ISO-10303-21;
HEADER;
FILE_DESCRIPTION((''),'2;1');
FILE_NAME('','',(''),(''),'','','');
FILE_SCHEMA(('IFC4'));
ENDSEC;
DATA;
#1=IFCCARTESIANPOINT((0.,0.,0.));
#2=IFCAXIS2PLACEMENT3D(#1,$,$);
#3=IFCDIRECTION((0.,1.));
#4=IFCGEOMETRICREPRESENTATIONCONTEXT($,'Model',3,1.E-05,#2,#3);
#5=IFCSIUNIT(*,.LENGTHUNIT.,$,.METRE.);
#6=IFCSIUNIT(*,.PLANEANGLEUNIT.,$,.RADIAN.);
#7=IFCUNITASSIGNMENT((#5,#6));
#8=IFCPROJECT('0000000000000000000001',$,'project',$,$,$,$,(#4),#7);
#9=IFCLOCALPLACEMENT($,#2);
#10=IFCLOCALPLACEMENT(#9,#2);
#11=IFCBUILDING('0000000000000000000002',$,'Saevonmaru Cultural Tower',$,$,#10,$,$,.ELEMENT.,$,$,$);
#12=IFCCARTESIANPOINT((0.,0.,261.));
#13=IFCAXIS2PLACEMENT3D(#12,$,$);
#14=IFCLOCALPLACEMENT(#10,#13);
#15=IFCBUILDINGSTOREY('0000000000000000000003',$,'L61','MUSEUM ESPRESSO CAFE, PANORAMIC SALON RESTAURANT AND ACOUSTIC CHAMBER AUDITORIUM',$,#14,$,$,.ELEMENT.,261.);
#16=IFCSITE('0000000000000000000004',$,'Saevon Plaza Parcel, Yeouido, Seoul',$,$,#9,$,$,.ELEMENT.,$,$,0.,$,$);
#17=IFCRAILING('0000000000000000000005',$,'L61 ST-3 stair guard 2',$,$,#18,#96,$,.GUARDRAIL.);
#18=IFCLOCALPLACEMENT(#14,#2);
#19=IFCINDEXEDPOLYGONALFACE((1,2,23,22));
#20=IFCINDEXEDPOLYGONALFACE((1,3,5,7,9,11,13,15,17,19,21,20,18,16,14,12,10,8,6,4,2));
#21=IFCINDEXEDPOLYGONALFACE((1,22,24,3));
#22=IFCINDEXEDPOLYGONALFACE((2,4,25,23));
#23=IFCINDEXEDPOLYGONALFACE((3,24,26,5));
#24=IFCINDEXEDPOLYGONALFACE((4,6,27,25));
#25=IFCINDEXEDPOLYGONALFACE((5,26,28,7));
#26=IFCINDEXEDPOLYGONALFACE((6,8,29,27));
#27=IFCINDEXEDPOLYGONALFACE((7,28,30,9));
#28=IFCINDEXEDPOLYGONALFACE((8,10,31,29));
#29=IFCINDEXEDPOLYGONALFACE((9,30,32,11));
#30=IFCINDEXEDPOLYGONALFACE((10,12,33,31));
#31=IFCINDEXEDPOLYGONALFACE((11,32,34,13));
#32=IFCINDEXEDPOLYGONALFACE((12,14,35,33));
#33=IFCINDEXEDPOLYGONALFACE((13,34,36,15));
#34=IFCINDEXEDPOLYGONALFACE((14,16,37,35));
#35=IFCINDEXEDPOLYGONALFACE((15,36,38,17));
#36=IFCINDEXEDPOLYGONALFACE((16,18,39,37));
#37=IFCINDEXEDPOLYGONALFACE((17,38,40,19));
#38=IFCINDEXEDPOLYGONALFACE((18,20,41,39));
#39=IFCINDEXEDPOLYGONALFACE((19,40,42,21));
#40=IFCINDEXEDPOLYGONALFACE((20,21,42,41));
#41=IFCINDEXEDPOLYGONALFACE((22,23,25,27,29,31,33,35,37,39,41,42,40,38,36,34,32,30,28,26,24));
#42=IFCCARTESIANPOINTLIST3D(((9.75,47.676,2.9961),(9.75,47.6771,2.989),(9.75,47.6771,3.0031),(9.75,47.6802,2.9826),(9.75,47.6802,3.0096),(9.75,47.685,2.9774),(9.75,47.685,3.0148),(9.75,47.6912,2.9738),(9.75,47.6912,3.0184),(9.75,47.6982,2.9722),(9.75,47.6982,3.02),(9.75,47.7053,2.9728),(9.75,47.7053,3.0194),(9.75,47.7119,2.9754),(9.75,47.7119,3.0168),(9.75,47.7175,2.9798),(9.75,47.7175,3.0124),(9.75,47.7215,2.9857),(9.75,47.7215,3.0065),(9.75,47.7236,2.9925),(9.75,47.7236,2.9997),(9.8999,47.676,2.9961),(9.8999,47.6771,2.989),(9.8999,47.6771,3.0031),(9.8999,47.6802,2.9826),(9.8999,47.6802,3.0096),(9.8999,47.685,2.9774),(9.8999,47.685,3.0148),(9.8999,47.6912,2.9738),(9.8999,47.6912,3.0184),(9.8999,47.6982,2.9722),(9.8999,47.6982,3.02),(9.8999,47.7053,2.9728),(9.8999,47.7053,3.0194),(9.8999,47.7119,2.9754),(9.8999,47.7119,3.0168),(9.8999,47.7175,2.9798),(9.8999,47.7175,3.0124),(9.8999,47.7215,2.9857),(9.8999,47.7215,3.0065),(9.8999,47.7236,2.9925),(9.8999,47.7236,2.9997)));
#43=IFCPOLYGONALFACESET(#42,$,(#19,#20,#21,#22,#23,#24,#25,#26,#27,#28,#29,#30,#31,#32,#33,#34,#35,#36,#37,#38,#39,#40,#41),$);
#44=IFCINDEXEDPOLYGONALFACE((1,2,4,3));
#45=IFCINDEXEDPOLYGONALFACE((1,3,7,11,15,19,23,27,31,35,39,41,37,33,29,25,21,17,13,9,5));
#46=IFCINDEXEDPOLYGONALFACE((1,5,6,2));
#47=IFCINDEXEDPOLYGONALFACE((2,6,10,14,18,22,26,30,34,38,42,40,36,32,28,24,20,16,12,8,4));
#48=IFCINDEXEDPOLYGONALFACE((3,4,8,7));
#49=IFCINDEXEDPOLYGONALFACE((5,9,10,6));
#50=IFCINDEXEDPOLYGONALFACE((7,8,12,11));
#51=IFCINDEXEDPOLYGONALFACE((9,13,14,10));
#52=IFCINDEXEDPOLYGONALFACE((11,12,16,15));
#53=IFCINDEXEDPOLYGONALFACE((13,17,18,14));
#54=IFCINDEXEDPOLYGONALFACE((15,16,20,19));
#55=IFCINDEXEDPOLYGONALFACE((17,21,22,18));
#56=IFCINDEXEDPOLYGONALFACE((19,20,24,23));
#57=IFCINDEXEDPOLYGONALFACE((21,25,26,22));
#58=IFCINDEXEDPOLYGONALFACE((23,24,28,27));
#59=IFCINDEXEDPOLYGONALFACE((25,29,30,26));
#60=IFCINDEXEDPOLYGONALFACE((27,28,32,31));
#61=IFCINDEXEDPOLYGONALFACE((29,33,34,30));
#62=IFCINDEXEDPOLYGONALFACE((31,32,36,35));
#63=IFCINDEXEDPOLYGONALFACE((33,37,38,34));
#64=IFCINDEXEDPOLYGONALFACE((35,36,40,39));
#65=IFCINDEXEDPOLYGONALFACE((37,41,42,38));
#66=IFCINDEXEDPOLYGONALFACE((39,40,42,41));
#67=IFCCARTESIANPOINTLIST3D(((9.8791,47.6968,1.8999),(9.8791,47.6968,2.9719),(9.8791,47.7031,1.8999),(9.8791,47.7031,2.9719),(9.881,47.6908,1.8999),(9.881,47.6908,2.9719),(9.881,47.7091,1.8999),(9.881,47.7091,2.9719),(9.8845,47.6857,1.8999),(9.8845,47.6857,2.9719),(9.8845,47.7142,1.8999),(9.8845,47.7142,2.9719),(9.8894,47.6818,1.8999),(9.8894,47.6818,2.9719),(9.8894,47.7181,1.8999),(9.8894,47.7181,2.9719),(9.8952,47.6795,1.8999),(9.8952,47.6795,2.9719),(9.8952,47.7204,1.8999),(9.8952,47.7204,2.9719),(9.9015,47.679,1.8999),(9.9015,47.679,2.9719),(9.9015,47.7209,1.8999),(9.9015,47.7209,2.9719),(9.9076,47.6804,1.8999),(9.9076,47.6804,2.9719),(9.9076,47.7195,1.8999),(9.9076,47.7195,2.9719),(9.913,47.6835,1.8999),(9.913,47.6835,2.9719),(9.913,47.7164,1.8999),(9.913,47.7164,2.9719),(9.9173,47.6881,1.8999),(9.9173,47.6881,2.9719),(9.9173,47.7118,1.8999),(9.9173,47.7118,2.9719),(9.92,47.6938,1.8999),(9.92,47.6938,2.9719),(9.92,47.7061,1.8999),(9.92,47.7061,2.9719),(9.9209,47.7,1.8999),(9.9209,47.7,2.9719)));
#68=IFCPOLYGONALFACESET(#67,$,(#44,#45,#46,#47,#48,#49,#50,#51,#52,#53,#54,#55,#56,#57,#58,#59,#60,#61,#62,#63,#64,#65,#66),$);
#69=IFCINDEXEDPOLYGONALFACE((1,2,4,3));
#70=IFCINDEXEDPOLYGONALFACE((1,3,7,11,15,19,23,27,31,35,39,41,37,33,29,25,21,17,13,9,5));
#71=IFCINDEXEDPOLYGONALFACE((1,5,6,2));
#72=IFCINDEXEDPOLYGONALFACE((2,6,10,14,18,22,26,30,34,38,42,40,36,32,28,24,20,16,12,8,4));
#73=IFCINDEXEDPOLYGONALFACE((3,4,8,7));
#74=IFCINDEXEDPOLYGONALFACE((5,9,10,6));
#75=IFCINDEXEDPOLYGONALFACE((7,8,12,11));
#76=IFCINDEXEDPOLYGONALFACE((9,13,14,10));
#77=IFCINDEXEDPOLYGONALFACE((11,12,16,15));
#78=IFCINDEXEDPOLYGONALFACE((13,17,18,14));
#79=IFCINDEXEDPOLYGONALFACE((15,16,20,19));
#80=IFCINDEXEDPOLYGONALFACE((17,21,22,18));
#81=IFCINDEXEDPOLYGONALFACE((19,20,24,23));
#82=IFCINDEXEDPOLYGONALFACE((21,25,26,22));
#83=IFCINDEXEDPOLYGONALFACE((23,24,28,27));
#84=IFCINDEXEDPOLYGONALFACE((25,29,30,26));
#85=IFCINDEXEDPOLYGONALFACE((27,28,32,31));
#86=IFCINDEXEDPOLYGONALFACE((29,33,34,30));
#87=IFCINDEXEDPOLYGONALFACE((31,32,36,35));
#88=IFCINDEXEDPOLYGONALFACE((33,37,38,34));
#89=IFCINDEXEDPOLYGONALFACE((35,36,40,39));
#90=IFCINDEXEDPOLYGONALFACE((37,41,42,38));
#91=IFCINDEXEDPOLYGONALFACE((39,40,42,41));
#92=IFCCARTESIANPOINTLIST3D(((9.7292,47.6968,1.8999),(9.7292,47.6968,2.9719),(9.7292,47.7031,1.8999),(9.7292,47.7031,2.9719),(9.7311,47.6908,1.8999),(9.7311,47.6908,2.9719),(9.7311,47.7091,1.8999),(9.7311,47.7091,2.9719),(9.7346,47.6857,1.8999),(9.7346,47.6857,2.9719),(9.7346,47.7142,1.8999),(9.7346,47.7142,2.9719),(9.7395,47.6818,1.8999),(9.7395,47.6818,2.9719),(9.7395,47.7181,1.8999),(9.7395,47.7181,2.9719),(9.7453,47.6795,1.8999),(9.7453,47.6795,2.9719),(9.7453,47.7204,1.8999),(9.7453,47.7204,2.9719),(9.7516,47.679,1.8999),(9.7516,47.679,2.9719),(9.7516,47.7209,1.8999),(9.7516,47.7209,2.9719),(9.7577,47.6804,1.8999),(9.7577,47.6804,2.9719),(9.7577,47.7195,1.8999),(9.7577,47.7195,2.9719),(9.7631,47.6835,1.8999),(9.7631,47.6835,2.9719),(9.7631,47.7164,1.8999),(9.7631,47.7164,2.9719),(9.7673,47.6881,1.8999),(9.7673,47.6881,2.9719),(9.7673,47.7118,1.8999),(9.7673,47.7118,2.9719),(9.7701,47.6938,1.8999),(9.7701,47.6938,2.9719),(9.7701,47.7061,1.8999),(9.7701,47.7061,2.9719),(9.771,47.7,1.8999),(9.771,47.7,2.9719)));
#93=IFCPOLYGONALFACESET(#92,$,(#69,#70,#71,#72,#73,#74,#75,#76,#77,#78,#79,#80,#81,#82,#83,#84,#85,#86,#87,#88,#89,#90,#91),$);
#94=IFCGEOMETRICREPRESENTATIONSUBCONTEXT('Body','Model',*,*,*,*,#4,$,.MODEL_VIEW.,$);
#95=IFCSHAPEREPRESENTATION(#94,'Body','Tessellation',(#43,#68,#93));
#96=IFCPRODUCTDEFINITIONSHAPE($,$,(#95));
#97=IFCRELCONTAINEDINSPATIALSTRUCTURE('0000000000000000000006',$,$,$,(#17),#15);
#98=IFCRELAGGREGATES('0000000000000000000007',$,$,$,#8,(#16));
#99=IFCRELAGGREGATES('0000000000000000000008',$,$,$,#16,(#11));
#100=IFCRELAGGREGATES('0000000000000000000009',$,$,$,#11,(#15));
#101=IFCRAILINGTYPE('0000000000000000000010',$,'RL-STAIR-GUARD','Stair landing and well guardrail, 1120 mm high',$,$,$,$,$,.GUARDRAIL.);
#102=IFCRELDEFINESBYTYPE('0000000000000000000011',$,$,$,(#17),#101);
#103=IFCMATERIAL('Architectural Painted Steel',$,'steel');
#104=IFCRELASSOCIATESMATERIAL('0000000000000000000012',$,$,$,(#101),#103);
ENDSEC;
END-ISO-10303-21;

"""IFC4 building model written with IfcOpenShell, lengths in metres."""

from ifc_helpers import new_model, si_unit, direction, frame, origin, origin_2d, place, context, subcontext, project, spatial, circle, extrude, material, type_object, element, save


model = new_model("IFC4")

# Units and contexts
model_context = context("Model", 3, precision=1e-05, world=origin(), true_north=direction((0.0, 1.0)))
body_context = subcontext(model_context, "Body", "Model", "MODEL_VIEW")
ifc_project = project(units=[si_unit("LENGTHUNIT", "METRE"), si_unit("PLANEANGLEUNIT", "RADIAN")], contexts=[model_context])

# Site, building, storey
site_placement = place(None, origin())
site = spatial("IfcSite", under=ifc_project, at=site_placement, Name="Saevon Plaza Parcel, Yeouido, Seoul", CompositionType="ELEMENT", RefElevation=0.0)
building_placement = place(site_placement, origin())
building = spatial("IfcBuilding", under=site, at=building_placement, Name="Saevonmaru Cultural Tower", CompositionType="ELEMENT")
storey_placement = place(building_placement, frame((0.0, 0.0, 261.0)))
storey = spatial("IfcBuildingStorey", under=building, at=storey_placement, Name="L61", Description="MUSEUM ESPRESSO CAFE, PANORAMIC SALON RESTAURANT AND ACOUSTIC CHAMBER AUDITORIUM", CompositionType="ELEMENT", Elevation=261.0)

# Railing
ifc_material_1 = material(Name="Architectural Painted Steel", Category="steel")
railing_type_1 = type_object("IfcRailingType", Name="RL-STAIR-GUARD", Description="Stair landing and well guardrail, 1120 mm high", PredefinedType="GUARDRAIL", material=ifc_material_1)
railing_1_placement = place(storey_placement, frame((9.8999, 47.7, 1.8999)))
element("IfcRailing", 1, at=railing_1_placement, inside=storey, type_object=railing_type_1, Name="L61 ST-3 stair guard 2", PredefinedType="GUARDRAIL", context=body_context, shape_type="SweptSolid", body=[
    extrude(circle(Radius=0.0239, at=origin_2d()), frame((0.0, 0.0, 1.0962), z_axis=(-1.0, 0.0, 0.0), x_axis=(0.0, -1.0, 0.0)), (0.0, 0.0, 1.0), 0.1499),
    extrude(circle(Radius=0.021, at=origin_2d()), origin(), (0.0, 0.0, 1.0), 1.072),
    extrude(circle(Radius=0.021, at=origin_2d()), frame((-0.1499, 0.0, 0.0)), (0.0, 0.0, 1.0), 1.072),
])

save(model, "model.ifc")
